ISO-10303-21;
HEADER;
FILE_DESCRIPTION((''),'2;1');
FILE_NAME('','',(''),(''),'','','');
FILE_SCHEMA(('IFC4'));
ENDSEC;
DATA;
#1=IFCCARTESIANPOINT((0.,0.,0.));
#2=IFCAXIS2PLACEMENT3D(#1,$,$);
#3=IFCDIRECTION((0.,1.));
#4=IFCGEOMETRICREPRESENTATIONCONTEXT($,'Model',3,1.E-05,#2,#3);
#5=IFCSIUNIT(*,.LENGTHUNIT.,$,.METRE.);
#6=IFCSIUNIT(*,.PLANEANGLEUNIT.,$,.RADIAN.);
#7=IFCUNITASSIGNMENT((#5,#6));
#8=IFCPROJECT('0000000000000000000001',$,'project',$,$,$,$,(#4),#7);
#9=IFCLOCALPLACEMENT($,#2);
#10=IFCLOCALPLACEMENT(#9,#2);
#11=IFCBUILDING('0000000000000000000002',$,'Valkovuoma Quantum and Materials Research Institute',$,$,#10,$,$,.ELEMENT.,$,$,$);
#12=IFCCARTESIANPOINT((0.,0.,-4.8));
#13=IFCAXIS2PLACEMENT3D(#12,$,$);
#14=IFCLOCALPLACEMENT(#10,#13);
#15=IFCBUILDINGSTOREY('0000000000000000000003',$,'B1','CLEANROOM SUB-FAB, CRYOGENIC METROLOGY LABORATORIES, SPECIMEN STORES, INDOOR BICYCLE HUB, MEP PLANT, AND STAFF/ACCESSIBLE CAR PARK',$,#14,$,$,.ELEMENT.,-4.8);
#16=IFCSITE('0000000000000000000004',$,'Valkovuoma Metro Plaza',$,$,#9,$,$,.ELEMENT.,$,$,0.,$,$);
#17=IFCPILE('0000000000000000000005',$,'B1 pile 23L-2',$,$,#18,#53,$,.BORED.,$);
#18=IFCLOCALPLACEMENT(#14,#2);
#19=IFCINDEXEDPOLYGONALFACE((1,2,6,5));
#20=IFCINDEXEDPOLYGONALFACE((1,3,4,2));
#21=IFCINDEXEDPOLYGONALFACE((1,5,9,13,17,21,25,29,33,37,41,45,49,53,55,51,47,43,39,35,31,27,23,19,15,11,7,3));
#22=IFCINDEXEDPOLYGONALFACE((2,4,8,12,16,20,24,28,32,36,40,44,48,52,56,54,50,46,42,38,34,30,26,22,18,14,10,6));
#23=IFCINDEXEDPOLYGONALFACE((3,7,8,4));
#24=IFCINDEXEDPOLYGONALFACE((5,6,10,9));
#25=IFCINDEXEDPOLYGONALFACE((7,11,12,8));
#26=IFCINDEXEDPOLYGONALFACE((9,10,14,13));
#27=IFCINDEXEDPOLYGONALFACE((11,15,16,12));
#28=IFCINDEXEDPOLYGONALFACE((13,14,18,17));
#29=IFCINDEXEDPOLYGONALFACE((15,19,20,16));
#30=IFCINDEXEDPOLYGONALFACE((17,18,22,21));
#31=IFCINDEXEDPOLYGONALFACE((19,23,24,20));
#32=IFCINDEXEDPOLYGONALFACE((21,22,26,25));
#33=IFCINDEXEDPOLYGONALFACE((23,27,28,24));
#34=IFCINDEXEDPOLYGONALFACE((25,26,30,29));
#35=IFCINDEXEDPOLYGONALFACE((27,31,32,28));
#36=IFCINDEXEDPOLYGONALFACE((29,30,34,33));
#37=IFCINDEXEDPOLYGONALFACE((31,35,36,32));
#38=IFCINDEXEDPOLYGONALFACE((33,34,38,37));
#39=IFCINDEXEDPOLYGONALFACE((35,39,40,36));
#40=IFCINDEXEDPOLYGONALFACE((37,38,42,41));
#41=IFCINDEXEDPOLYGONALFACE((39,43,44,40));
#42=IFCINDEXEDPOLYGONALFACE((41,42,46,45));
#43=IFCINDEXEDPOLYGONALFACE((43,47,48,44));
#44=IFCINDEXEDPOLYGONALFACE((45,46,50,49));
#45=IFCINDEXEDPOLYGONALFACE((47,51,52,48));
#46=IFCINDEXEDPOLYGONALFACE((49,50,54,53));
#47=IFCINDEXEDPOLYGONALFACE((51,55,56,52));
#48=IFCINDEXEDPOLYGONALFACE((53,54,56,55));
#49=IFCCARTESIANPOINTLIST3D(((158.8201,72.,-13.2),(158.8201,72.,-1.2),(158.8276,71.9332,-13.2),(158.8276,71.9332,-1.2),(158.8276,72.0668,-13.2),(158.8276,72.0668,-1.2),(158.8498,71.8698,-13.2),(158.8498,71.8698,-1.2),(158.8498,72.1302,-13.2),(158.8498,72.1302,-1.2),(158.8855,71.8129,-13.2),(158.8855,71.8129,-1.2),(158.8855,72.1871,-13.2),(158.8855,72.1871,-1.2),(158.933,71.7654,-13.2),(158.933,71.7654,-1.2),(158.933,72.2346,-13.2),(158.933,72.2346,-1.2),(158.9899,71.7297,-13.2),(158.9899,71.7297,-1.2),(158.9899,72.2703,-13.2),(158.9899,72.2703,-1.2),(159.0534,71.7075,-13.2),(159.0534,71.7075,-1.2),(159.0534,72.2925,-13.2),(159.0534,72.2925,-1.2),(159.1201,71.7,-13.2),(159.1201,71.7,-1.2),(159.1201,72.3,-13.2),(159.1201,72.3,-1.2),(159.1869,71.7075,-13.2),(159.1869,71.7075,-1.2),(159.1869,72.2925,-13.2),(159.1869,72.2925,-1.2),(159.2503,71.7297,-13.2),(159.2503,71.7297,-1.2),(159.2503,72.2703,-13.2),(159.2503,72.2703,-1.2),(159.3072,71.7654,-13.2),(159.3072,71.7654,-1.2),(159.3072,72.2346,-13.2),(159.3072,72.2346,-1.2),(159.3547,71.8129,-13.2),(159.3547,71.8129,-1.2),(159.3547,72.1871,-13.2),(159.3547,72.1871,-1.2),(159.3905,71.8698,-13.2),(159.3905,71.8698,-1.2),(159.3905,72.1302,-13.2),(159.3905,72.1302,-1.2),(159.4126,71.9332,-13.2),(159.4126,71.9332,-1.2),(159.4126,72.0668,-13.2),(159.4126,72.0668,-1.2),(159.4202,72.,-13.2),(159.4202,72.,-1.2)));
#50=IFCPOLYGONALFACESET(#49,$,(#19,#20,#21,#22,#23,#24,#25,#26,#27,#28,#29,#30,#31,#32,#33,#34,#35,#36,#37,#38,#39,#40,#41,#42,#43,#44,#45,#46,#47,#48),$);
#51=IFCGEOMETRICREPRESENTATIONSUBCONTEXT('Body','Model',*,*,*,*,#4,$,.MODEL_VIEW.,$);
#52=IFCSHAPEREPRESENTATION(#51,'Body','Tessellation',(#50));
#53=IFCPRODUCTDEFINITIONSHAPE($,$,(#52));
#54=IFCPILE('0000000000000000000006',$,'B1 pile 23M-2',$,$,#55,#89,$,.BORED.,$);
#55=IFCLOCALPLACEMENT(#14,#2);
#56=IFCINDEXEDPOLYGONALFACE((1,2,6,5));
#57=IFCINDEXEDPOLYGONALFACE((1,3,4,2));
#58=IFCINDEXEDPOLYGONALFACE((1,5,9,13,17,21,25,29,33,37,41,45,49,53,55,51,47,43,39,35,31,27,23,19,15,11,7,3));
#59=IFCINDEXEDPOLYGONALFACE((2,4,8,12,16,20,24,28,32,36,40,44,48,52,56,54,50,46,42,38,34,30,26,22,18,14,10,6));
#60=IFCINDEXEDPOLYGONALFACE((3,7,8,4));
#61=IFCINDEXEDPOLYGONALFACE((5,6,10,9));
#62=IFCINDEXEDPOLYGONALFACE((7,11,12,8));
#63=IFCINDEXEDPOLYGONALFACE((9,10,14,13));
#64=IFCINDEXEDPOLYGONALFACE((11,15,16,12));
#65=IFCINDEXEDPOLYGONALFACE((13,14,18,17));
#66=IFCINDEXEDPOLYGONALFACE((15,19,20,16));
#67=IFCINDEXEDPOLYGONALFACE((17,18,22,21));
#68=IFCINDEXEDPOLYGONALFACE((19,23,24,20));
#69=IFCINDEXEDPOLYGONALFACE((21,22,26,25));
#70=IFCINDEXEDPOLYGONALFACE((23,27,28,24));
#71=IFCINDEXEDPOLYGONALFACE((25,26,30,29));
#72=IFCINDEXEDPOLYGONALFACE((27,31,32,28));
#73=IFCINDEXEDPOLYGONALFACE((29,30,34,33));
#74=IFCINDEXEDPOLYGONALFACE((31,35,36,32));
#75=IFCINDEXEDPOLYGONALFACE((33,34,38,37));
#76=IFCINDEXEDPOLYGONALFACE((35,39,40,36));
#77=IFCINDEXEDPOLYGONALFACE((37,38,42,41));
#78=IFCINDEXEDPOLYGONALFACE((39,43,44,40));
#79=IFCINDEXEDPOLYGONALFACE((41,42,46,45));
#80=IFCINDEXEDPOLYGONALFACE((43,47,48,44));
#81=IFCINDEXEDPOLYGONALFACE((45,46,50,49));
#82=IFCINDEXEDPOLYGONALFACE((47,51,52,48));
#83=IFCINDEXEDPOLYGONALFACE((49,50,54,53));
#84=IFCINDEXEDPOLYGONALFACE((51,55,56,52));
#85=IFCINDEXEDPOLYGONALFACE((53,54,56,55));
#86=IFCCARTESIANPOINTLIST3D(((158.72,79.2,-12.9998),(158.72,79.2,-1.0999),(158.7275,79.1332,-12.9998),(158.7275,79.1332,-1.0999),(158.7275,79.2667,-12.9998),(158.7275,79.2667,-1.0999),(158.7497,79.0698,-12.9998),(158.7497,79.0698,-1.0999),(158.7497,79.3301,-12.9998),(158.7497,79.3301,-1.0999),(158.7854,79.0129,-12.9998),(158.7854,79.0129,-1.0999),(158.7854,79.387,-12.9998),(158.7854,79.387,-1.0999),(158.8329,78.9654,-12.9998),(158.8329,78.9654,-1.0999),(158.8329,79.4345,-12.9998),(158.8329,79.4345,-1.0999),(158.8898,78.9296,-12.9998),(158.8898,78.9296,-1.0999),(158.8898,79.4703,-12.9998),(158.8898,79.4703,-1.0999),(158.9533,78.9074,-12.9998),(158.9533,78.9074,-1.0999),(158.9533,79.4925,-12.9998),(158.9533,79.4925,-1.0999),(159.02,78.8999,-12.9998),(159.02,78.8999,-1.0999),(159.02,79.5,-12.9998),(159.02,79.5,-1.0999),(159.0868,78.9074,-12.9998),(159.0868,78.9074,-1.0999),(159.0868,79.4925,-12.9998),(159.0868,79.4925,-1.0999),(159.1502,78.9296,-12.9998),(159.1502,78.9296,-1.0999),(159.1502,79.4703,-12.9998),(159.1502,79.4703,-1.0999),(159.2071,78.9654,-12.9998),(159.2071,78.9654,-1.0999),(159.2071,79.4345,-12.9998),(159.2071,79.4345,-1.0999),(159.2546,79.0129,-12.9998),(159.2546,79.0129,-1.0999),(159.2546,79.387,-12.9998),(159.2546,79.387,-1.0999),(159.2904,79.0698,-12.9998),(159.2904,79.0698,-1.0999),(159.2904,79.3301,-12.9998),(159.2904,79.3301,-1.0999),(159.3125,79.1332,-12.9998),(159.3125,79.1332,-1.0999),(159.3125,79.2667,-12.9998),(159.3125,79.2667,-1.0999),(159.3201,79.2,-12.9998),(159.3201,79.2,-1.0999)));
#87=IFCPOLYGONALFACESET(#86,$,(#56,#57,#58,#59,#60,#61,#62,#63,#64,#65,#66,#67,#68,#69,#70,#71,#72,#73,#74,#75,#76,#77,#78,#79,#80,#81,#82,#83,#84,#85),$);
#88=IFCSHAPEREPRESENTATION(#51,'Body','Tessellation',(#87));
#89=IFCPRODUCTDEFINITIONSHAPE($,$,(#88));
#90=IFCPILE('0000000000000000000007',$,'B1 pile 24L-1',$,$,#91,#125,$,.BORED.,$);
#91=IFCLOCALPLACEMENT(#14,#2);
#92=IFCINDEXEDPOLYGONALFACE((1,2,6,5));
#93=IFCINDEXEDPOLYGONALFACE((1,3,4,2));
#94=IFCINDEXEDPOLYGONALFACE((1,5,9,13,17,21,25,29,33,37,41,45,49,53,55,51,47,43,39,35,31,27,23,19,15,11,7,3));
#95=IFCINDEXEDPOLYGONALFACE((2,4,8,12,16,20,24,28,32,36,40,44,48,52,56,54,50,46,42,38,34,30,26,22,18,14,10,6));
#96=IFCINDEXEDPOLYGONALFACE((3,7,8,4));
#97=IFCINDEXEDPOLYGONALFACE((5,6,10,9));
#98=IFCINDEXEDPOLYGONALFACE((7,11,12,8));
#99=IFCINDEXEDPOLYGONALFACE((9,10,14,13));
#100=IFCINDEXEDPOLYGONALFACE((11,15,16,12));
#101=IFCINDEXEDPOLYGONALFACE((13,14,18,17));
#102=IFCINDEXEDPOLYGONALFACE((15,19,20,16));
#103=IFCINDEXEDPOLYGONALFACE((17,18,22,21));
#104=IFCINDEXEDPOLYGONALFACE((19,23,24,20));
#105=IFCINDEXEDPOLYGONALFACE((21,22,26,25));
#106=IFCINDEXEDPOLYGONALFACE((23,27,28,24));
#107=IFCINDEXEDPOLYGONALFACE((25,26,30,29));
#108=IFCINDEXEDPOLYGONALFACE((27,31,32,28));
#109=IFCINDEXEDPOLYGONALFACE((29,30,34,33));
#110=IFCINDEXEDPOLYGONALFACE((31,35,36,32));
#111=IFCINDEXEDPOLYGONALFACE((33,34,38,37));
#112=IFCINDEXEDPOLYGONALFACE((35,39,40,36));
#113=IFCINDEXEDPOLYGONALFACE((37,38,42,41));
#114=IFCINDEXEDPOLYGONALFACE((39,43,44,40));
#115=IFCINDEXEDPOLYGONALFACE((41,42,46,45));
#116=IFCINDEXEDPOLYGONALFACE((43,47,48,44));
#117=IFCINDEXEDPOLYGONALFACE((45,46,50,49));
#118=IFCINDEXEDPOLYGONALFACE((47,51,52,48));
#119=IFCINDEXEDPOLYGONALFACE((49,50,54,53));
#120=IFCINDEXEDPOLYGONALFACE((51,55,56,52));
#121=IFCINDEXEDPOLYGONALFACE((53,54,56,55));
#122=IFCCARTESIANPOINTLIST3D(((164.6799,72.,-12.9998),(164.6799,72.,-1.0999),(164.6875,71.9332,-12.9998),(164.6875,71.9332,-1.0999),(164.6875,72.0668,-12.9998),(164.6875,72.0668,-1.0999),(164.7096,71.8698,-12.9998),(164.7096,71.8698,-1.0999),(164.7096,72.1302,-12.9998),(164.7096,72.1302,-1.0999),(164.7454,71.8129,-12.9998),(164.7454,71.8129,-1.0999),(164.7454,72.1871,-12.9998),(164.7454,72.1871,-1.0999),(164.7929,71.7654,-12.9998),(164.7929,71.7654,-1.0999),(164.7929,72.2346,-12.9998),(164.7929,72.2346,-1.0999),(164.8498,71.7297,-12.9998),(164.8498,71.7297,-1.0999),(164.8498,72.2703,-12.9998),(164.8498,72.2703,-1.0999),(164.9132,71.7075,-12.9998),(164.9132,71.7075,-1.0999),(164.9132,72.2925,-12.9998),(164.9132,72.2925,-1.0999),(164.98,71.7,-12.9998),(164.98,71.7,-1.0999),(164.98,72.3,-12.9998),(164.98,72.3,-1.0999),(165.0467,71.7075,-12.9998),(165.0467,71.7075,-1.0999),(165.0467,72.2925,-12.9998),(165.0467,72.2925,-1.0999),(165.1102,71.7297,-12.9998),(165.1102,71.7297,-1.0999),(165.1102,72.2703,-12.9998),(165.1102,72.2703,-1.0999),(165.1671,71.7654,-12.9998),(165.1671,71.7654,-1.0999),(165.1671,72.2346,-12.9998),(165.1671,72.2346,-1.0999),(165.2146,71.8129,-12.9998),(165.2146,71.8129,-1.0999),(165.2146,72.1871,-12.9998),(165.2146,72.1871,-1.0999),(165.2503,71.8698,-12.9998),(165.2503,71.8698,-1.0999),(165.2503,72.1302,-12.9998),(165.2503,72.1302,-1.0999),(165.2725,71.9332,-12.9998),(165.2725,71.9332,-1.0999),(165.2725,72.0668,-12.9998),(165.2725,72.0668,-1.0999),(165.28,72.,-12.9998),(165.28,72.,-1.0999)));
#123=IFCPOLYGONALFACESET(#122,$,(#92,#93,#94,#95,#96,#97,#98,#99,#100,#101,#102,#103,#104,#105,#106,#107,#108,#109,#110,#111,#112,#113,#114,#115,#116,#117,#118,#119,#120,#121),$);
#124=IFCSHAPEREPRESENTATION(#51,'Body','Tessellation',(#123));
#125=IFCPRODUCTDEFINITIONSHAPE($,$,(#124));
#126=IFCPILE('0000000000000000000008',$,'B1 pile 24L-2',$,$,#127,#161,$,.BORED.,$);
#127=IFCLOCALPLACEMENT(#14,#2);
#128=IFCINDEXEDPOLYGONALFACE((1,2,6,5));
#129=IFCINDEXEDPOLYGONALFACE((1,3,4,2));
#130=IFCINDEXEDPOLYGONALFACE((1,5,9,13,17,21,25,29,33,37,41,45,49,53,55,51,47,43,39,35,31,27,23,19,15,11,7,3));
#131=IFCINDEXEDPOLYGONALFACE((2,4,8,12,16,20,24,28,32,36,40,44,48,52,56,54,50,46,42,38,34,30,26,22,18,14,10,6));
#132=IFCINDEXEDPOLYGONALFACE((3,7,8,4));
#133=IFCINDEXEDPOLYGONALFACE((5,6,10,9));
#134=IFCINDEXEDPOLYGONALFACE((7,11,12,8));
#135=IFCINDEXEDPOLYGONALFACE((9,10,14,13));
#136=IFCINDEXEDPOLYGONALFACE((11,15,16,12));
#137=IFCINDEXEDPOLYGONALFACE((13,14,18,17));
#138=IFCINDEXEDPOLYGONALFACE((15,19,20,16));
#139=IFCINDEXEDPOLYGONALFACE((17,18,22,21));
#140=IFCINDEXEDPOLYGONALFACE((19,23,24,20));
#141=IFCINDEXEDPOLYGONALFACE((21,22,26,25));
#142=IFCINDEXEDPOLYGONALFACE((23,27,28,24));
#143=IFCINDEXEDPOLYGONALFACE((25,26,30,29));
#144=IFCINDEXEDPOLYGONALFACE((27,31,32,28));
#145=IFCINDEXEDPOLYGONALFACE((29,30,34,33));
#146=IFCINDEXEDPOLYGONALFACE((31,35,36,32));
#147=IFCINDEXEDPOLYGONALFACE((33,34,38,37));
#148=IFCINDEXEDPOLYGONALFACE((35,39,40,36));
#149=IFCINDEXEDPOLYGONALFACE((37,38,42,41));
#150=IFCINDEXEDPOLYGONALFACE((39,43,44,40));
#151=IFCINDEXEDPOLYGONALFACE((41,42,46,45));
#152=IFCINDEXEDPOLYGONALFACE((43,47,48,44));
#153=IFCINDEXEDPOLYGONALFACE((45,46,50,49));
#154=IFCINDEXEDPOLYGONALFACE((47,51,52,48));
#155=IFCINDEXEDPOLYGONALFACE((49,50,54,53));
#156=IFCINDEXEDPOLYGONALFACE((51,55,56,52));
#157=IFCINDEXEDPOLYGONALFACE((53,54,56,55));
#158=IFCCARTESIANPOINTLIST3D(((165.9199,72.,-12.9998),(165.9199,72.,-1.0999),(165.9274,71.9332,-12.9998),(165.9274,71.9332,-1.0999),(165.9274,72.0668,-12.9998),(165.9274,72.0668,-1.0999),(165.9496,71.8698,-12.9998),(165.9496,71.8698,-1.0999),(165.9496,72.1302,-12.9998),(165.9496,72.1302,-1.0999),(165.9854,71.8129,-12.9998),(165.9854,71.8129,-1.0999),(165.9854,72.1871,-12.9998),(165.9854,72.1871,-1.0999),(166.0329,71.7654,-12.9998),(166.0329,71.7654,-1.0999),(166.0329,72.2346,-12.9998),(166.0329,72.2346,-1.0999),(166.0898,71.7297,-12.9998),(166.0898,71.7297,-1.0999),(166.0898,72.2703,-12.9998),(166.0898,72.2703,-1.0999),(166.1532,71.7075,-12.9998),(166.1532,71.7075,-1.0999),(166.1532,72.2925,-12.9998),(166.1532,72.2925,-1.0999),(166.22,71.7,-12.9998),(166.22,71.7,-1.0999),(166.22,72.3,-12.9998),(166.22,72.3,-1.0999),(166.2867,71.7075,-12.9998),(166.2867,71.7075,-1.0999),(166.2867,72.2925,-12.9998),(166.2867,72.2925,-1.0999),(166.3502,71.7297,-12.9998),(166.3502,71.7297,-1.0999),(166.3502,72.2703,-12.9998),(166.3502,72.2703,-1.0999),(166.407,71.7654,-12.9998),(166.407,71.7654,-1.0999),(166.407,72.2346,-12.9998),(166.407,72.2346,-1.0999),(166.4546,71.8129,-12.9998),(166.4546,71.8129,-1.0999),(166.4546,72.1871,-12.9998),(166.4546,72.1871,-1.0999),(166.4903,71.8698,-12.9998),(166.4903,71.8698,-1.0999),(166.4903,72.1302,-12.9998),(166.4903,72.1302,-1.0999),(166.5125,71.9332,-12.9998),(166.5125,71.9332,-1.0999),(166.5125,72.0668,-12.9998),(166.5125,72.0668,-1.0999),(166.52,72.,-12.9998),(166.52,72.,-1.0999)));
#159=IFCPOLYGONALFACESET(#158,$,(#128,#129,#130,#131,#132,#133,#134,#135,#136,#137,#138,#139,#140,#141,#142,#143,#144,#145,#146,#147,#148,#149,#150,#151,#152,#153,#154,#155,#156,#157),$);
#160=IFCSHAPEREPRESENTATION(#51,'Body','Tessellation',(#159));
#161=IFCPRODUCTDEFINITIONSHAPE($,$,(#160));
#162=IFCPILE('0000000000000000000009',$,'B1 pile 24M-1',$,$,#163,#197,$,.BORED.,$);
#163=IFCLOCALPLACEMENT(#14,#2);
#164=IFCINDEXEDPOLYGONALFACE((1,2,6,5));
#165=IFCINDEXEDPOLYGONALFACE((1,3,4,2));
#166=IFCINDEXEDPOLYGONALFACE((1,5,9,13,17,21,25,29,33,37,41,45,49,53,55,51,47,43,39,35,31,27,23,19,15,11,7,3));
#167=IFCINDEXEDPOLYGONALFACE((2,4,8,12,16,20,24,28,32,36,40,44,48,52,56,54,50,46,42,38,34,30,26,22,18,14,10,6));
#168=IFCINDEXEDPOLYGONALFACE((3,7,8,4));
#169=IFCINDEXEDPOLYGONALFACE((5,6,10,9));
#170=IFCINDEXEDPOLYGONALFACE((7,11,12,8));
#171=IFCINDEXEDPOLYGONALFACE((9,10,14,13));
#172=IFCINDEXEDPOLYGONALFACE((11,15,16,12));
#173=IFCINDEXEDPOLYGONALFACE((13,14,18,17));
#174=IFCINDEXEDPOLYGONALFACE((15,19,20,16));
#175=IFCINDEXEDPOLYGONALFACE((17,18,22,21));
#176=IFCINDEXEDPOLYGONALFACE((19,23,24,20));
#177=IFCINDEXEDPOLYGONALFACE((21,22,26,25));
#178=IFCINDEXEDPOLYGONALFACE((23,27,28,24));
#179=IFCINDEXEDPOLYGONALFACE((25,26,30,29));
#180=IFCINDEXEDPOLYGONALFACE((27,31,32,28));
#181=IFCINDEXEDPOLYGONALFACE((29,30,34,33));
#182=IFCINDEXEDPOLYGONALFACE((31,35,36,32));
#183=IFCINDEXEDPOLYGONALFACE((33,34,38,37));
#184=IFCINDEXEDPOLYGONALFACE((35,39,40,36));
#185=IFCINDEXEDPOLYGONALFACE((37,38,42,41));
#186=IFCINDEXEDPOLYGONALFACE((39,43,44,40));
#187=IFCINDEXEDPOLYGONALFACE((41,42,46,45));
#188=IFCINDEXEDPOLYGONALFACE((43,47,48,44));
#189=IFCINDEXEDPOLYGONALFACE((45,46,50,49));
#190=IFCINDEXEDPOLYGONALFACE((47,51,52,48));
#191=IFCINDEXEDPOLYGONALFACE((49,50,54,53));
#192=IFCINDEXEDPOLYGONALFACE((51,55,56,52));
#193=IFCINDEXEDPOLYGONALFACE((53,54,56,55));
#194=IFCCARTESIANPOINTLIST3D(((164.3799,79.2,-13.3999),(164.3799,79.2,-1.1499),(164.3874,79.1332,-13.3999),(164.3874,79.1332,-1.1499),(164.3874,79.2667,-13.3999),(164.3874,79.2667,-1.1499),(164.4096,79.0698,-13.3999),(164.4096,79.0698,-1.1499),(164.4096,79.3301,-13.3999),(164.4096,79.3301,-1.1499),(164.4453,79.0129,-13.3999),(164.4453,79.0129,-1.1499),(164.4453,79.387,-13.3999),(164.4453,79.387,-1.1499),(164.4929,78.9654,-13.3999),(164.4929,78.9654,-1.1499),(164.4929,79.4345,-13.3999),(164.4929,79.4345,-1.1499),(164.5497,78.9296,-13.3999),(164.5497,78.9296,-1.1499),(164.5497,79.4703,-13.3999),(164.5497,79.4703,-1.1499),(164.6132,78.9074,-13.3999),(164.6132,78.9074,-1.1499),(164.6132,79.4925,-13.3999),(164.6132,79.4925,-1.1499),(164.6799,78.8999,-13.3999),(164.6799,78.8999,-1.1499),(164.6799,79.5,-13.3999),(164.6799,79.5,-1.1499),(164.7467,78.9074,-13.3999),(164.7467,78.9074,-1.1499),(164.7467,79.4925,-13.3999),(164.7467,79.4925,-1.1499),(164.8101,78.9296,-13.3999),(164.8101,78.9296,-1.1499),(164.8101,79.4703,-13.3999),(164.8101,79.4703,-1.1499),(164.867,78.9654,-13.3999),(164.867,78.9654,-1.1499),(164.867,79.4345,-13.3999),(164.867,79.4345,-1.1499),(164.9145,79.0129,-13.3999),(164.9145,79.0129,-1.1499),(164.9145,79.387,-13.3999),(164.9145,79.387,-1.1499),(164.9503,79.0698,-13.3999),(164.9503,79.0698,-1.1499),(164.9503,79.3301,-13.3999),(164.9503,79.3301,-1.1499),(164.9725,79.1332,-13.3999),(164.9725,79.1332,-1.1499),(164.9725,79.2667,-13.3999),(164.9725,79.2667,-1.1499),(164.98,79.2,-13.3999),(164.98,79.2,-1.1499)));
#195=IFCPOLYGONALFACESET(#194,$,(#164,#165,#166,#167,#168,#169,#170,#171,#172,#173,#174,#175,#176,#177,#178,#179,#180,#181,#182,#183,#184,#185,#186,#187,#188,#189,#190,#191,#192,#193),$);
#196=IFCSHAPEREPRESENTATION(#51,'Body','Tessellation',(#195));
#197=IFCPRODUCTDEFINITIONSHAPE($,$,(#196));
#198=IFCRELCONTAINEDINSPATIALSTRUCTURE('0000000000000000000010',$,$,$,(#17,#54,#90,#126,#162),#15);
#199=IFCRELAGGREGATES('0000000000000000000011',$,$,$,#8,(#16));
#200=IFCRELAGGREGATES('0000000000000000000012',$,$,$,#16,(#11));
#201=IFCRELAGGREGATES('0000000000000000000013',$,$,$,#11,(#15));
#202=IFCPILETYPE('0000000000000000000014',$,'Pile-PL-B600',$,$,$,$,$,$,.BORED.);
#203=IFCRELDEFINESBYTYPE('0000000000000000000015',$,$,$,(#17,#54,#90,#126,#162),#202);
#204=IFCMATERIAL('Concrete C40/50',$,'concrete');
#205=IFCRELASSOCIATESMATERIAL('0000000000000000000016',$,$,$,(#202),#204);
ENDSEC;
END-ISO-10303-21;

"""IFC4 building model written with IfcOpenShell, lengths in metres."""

from ifc_helpers import new_model, si_unit, direction, frame, origin, origin_2d, place, context, subcontext, project, spatial, circle, extrude, material, material_profile, profile_set, type_object, element, save


model = new_model("IFC4")

# Units and contexts
model_context = context("Model", 3, precision=1e-05, world=origin(), true_north=direction((0.0, 1.0)))
body_context = subcontext(model_context, "Body", "Model", "MODEL_VIEW")
ifc_project = project(units=[si_unit("LENGTHUNIT", "METRE"), si_unit("PLANEANGLEUNIT", "RADIAN")], contexts=[model_context])

# Site, building, storey
site_placement = place(None, origin())
site = spatial("IfcSite", under=ifc_project, at=site_placement, Name="Valkovuoma Metro Plaza", CompositionType="ELEMENT", RefElevation=0.0)
building_placement = place(site_placement, origin())
building = spatial("IfcBuilding", under=site, at=building_placement, Name="Valkovuoma Quantum and Materials Research Institute", CompositionType="ELEMENT")
storey_placement = place(building_placement, frame((0.0, 0.0, -4.8)))
storey = spatial("IfcBuildingStorey", under=building, at=storey_placement, Name="B1", Description="CLEANROOM SUB-FAB, CRYOGENIC METROLOGY LABORATORIES, SPECIMEN STORES, INDOOR BICYCLE HUB, MEP PLANT, AND STAFF/ACCESSIBLE CAR PARK", CompositionType="ELEMENT", Elevation=-4.8)

# Piles
ifc_material_1 = material(Name="Concrete C40/50", Category="concrete")
ifc_material_profile_1 = material_profile(ifc_material_1, circle(Radius=0.3, at=origin_2d()), Name="Concrete C40/50")
ifc_profile_set_1 = profile_set([ifc_material_profile_1], Name="Concrete C40/50")
pile_type = type_object("IfcPileType", Name="Pile-PL-B600", PredefinedType="BORED", material=ifc_profile_set_1)
pile_placement = place(storey_placement, frame((159.1201, 72.0, -1.2), z_axis=(0.0, 0.0, -1.0), x_axis=(1.0, 0.0, 0.0)))
element("IfcPile", 1, at=pile_placement, inside=storey, type_object=pile_type, Name="B1 pile 23L-2", PredefinedType="BORED", context=body_context, shape_type="SweptSolid", body=[
    extrude(circle(Radius=0.3, at=origin_2d()), origin(), (0.0, 0.0, 1.0), 12.0),
])
for number, where, z_axis, x_axis, name in (
    (2, (159.02, 79.2, -1.0999), (0.0, 0.0, -1.0), (1.0, 0.0, 0.0), "B1 pile 23M-2"),
    (3, (164.98, 72.0, -1.0999), (0.0, 0.0, -1.0), (1.0, 0.0, 0.0), "B1 pile 24L-1"),
    (4, (166.22, 72.0, -1.0999), (0.0, 0.0, -1.0), (1.0, 0.0, 0.0), "B1 pile 24L-2"),
):
    element("IfcPile", number, at=place(storey_placement, frame(where, z_axis=z_axis, x_axis=x_axis)), inside=storey, type_object=pile_type, Name=name, PredefinedType="BORED", context=body_context, shape_type="SweptSolid", body=[
        extrude(circle(Radius=0.3, at=origin_2d()), origin(), (0.0, 0.0, 1.0), 11.8999),
    ])
for number, where, z_axis, x_axis, name in (
    (5, (164.6799, 79.2, -1.1499), (0.0, 0.0, -1.0), (1.0, 0.0, 0.0), "B1 pile 24M-1"),
):
    element("IfcPile", number, at=place(storey_placement, frame(where, z_axis=z_axis, x_axis=x_axis)), inside=storey, type_object=pile_type, Name=name, PredefinedType="BORED", context=body_context, shape_type="SweptSolid", body=[
        extrude(circle(Radius=0.3, at=origin_2d()), origin(), (0.0, 0.0, 1.0), 12.25),
    ])

save(model, "model.ifc")
